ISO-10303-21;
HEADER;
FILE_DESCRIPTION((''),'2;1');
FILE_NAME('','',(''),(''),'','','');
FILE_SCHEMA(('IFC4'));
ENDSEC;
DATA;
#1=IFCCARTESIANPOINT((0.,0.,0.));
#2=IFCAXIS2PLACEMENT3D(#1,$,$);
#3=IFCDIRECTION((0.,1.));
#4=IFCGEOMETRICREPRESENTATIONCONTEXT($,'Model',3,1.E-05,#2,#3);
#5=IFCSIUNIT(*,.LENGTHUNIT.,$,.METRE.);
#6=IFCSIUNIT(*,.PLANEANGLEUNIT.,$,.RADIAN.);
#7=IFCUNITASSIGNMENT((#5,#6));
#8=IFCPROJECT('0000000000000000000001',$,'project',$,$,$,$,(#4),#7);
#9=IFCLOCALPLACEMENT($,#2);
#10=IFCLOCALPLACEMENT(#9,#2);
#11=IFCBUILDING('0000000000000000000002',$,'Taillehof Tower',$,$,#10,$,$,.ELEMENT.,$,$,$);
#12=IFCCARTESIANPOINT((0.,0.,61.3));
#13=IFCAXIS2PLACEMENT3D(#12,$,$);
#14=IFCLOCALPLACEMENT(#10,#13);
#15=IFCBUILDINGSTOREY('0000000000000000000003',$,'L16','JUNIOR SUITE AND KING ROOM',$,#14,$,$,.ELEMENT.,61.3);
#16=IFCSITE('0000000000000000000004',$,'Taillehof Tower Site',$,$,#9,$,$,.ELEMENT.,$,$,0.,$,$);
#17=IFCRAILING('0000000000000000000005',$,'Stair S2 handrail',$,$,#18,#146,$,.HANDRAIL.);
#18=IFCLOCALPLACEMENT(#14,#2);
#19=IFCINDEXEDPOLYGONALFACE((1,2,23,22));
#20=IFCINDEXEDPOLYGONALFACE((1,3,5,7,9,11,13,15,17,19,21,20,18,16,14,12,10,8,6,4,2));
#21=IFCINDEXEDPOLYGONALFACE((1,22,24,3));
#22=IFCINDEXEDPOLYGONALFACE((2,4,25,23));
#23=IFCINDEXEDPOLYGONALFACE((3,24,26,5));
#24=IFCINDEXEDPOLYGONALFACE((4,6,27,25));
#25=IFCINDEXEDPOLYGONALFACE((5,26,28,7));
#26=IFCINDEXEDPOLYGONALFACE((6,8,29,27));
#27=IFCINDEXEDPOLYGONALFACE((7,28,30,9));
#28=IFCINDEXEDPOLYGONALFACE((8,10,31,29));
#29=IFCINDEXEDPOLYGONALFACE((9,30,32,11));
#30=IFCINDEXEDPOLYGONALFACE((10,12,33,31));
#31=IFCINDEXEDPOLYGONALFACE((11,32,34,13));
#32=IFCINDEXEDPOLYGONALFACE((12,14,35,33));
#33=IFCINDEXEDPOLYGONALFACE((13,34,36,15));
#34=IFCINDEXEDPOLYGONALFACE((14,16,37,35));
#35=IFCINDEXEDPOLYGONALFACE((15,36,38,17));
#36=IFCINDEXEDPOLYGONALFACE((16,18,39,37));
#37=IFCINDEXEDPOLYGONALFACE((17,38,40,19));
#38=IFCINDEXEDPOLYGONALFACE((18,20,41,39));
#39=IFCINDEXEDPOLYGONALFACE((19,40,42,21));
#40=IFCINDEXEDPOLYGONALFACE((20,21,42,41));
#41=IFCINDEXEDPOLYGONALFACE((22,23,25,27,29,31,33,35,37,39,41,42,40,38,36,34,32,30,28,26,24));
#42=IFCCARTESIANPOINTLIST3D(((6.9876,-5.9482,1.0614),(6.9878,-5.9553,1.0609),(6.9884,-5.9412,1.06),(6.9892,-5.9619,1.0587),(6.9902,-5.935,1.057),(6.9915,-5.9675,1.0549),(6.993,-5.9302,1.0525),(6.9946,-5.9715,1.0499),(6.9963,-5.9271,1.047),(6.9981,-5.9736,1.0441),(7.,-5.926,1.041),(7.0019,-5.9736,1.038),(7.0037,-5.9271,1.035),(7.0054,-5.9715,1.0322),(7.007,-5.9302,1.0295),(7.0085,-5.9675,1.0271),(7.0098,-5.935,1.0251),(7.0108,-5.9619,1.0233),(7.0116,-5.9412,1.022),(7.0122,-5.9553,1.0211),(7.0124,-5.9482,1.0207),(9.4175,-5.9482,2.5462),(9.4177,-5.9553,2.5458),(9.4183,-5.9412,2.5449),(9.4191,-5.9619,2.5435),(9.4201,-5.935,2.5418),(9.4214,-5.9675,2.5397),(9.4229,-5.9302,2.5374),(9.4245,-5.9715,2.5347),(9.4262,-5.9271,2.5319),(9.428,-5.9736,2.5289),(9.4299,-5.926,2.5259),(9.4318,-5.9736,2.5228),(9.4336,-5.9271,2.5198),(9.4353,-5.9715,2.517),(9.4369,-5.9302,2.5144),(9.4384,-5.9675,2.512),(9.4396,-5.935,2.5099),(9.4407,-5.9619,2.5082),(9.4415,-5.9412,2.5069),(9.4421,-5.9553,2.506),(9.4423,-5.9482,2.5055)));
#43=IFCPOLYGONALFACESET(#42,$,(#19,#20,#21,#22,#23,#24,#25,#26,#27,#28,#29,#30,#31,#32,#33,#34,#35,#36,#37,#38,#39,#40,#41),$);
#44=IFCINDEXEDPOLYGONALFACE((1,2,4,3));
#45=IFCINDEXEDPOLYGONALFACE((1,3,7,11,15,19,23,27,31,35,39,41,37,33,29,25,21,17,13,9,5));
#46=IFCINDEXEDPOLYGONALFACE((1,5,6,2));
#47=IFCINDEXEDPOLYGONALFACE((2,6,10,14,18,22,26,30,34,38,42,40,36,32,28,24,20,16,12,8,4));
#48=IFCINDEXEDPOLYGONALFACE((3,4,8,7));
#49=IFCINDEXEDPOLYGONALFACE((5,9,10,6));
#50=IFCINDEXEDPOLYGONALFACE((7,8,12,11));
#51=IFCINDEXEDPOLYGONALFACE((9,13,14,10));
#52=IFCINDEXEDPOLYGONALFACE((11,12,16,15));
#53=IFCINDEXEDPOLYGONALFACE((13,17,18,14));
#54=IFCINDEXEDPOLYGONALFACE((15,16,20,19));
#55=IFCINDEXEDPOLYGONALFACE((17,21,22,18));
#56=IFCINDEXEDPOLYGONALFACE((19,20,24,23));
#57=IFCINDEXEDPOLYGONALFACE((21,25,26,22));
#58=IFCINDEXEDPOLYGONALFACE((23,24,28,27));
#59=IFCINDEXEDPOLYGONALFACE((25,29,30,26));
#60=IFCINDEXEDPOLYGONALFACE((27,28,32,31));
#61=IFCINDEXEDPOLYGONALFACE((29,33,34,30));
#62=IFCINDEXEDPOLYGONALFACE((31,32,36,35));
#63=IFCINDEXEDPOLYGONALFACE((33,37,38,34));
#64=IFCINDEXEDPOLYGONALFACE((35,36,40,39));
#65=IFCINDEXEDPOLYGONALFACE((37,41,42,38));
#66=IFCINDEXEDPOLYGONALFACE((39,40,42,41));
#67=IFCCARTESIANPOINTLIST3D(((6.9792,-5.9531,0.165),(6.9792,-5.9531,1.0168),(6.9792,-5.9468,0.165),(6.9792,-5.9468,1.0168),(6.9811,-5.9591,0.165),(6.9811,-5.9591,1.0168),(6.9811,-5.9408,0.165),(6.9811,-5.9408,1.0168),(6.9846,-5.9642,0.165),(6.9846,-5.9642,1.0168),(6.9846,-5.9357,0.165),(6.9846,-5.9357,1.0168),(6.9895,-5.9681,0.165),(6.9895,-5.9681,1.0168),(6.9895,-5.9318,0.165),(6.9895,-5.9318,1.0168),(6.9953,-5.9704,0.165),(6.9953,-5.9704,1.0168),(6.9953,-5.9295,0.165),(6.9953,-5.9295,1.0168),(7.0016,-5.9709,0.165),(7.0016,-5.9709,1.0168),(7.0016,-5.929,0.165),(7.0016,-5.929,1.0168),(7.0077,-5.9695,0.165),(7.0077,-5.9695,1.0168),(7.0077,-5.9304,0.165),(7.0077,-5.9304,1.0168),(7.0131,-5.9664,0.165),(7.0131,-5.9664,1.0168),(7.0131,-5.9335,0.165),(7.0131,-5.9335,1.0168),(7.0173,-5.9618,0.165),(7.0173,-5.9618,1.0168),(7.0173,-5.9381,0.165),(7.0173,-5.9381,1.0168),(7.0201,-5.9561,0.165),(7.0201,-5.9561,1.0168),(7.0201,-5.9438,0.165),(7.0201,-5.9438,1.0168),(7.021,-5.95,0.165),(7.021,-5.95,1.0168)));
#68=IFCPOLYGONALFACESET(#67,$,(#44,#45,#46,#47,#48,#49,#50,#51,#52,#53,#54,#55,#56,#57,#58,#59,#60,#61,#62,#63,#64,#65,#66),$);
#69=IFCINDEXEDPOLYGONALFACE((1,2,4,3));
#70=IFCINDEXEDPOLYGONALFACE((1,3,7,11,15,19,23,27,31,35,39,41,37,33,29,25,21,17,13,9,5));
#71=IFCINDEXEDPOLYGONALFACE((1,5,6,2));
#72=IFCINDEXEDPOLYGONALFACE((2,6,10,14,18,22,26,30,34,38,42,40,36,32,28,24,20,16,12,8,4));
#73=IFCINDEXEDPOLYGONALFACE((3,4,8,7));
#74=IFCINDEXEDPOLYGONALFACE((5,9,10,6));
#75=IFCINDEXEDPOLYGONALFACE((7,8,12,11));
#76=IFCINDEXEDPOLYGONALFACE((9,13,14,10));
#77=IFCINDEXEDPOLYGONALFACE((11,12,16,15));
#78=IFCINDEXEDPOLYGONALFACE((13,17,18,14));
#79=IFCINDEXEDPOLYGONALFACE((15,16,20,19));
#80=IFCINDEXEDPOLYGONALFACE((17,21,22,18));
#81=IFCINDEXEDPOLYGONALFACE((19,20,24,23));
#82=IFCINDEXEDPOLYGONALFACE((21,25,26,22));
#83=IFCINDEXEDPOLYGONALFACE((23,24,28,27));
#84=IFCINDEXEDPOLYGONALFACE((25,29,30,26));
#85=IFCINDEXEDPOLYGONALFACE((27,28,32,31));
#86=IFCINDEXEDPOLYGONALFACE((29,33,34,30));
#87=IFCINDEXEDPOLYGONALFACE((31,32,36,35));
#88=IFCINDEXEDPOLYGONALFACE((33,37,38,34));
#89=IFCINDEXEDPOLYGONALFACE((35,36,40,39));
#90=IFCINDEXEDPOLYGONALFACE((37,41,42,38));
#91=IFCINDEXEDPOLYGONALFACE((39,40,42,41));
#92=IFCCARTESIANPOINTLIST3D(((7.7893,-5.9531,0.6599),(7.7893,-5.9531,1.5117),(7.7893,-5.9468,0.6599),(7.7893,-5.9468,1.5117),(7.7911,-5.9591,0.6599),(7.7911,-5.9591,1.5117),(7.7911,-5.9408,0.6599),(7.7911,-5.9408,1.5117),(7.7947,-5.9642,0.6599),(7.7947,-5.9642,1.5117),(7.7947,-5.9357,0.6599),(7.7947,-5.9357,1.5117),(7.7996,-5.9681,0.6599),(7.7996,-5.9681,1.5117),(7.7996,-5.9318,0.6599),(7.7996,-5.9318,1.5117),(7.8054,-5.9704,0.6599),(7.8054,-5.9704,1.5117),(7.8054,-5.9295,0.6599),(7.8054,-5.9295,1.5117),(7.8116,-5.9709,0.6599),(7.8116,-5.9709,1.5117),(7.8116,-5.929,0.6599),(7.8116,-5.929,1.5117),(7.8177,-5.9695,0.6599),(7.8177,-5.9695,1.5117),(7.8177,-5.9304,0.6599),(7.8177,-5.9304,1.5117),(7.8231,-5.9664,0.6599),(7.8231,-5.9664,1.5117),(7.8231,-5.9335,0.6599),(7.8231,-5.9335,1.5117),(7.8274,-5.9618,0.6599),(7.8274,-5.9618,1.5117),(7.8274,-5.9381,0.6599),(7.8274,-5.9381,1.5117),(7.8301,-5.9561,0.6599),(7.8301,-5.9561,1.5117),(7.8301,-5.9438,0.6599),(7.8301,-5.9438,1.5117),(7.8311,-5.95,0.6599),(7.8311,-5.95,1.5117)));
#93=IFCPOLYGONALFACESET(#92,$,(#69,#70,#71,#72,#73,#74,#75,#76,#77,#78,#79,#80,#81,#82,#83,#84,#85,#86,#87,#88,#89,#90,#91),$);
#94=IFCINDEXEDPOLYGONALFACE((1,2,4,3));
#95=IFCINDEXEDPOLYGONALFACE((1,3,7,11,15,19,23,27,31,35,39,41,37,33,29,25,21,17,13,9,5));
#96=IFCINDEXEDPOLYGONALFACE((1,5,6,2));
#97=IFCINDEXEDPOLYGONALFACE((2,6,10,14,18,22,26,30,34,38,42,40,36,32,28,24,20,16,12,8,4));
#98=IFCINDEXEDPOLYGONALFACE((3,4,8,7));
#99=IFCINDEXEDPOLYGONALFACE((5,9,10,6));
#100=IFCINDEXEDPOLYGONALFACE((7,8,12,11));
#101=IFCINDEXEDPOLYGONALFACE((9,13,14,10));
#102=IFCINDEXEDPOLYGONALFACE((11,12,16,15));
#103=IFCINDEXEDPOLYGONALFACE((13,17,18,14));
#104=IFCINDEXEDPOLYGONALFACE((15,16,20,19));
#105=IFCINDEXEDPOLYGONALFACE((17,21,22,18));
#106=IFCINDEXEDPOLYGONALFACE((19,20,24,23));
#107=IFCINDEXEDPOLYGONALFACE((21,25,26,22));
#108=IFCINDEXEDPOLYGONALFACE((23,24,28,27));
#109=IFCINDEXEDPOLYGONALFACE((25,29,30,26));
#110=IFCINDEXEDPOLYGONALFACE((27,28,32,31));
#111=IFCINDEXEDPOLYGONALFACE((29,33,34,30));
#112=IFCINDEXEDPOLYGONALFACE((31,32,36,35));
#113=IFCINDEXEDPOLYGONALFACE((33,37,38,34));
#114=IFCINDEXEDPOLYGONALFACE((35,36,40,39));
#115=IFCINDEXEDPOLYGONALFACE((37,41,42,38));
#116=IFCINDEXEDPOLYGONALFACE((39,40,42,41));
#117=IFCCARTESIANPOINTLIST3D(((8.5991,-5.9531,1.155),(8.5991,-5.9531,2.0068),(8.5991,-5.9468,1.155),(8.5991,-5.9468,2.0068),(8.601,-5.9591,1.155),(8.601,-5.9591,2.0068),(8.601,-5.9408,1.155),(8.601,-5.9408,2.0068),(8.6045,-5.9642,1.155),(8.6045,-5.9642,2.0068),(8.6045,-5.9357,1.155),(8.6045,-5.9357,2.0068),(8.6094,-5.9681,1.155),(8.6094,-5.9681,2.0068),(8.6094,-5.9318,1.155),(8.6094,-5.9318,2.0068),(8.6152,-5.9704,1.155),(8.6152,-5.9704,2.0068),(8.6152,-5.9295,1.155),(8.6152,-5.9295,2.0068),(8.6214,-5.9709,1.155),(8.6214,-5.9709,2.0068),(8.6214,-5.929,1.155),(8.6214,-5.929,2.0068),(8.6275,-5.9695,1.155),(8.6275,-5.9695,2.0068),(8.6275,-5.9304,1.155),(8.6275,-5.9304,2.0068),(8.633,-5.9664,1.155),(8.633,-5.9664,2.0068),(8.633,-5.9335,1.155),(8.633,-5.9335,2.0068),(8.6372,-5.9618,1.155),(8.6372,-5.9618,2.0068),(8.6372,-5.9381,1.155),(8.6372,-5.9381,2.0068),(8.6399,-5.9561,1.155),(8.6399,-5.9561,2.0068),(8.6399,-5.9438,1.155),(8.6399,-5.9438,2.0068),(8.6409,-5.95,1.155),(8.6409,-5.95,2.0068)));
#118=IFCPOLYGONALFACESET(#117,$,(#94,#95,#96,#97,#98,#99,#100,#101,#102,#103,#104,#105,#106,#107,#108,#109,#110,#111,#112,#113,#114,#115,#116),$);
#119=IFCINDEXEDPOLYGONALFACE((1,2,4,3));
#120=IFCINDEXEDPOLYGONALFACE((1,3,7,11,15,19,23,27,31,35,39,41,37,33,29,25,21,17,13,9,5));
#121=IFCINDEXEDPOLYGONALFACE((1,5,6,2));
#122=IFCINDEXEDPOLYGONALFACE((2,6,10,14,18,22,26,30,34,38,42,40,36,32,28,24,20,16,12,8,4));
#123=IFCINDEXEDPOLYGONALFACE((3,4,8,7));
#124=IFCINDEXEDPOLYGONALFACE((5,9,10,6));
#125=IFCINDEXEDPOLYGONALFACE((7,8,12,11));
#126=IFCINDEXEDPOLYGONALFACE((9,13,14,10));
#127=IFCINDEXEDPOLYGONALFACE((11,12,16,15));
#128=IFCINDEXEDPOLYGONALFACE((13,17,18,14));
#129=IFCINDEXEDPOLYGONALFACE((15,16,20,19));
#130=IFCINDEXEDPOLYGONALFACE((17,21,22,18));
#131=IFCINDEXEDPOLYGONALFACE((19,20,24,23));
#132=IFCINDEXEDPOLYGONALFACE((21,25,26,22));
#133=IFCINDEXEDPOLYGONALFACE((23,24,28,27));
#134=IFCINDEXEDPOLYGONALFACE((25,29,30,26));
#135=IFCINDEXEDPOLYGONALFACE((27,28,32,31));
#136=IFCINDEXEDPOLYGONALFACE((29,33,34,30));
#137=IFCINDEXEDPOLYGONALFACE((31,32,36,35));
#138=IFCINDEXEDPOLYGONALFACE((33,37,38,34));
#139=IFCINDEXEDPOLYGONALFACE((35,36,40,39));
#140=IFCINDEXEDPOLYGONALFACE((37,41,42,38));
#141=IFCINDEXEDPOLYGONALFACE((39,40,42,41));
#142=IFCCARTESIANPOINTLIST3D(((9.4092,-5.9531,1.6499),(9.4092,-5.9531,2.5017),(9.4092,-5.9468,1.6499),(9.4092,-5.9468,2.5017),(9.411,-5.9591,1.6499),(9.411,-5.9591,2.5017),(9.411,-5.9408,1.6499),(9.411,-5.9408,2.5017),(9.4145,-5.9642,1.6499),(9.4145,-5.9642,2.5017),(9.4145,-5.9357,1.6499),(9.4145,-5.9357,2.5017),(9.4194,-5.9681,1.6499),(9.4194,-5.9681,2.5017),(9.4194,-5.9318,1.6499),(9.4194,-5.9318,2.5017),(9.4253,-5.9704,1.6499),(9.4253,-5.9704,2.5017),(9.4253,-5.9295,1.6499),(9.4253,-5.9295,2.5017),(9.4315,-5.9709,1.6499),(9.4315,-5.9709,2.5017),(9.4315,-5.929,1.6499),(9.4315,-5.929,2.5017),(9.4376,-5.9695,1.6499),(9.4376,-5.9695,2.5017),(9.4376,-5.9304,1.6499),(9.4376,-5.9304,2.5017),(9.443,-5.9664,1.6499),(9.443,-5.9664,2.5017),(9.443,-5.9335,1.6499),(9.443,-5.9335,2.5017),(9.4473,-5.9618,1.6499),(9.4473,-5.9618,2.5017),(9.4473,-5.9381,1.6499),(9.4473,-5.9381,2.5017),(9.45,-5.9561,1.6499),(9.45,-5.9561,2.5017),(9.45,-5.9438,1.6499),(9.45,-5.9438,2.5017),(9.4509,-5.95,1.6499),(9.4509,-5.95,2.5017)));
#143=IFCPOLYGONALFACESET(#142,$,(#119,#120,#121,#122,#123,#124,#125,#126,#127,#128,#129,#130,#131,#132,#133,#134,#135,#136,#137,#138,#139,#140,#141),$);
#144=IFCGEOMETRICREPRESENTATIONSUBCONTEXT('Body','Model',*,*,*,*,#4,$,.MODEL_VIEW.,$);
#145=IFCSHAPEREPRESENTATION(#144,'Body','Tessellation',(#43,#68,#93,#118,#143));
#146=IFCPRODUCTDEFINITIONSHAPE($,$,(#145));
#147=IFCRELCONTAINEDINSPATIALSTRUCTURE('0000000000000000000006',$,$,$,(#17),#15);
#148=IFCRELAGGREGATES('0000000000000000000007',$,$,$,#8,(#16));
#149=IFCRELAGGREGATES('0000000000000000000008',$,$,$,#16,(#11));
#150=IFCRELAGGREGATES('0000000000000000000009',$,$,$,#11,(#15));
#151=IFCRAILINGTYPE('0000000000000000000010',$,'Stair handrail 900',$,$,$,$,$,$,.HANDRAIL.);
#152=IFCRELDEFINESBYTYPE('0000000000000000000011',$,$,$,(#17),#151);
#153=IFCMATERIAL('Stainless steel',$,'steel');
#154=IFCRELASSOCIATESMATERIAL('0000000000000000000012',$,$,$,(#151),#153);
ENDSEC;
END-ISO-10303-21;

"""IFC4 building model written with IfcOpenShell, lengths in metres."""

from ifc_helpers import new_model, si_unit, direction, frame, origin, origin_2d, place, context, subcontext, project, spatial, circle, extrude, material, type_object, element, save


model = new_model("IFC4")

# Units and contexts
model_context = context("Model", 3, precision=1e-05, world=origin(), true_north=direction((0.0, 1.0)))
body_context = subcontext(model_context, "Body", "Model", "MODEL_VIEW")
ifc_project = project(units=[si_unit("LENGTHUNIT", "METRE"), si_unit("PLANEANGLEUNIT", "RADIAN")], contexts=[model_context])

# Site, building, storey
site_placement = place(None, origin())
site = spatial("IfcSite", under=ifc_project, at=site_placement, Name="Taillehof Tower Site", CompositionType="ELEMENT", RefElevation=0.0)
building_placement = place(site_placement, origin())
building = spatial("IfcBuilding", under=site, at=building_placement, Name="Taillehof Tower", CompositionType="ELEMENT")
storey_placement = place(building_placement, frame((0.0, 0.0, 61.3)))
storey = spatial("IfcBuildingStorey", under=building, at=storey_placement, Name="L16", Description="JUNIOR SUITE AND KING ROOM", CompositionType="ELEMENT", Elevation=61.3)

# Railing
ifc_material_1 = material(Name="Stainless steel", Category="steel")
railing_type = type_object("IfcRailingType", Name="Stair handrail 900", PredefinedType="HANDRAIL", material=ifc_material_1)
railing_1_placement = place(storey_placement, frame((7.0, -5.95, 0.165)))
element("IfcRailing", 1, at=railing_1_placement, inside=storey, type_object=railing_type, Name="Stair S2 handrail", PredefinedType="HANDRAIL", context=body_context, shape_type="SweptSolid", body=[
    extrude(circle(Radius=0.0239, at=origin_2d()), frame((0.0, 0.0, 0.876), z_axis=(0.853297, 0.0, 0.521426), x_axis=(0.0, 1.0, 0.0)), (0.0, 0.0, 1.0), 2.8477),
    extrude(circle(Radius=0.021, at=origin_2d()), origin(), (0.0, 0.0, 1.0), 0.8518),
    extrude(circle(Radius=0.021, at=origin_2d()), frame((0.8101, 0.0, 0.4949)), (0.0, 0.0, 1.0), 0.8518),
    extrude(circle(Radius=0.021, at=origin_2d()), frame((1.6199, 0.0, 0.99)), (0.0, 0.0, 1.0), 0.8518),
    extrude(circle(Radius=0.021, at=origin_2d()), frame((2.4299, 0.0, 1.4849)), (0.0, 0.0, 1.0), 0.8518),
])

save(model, "model.ifc")
